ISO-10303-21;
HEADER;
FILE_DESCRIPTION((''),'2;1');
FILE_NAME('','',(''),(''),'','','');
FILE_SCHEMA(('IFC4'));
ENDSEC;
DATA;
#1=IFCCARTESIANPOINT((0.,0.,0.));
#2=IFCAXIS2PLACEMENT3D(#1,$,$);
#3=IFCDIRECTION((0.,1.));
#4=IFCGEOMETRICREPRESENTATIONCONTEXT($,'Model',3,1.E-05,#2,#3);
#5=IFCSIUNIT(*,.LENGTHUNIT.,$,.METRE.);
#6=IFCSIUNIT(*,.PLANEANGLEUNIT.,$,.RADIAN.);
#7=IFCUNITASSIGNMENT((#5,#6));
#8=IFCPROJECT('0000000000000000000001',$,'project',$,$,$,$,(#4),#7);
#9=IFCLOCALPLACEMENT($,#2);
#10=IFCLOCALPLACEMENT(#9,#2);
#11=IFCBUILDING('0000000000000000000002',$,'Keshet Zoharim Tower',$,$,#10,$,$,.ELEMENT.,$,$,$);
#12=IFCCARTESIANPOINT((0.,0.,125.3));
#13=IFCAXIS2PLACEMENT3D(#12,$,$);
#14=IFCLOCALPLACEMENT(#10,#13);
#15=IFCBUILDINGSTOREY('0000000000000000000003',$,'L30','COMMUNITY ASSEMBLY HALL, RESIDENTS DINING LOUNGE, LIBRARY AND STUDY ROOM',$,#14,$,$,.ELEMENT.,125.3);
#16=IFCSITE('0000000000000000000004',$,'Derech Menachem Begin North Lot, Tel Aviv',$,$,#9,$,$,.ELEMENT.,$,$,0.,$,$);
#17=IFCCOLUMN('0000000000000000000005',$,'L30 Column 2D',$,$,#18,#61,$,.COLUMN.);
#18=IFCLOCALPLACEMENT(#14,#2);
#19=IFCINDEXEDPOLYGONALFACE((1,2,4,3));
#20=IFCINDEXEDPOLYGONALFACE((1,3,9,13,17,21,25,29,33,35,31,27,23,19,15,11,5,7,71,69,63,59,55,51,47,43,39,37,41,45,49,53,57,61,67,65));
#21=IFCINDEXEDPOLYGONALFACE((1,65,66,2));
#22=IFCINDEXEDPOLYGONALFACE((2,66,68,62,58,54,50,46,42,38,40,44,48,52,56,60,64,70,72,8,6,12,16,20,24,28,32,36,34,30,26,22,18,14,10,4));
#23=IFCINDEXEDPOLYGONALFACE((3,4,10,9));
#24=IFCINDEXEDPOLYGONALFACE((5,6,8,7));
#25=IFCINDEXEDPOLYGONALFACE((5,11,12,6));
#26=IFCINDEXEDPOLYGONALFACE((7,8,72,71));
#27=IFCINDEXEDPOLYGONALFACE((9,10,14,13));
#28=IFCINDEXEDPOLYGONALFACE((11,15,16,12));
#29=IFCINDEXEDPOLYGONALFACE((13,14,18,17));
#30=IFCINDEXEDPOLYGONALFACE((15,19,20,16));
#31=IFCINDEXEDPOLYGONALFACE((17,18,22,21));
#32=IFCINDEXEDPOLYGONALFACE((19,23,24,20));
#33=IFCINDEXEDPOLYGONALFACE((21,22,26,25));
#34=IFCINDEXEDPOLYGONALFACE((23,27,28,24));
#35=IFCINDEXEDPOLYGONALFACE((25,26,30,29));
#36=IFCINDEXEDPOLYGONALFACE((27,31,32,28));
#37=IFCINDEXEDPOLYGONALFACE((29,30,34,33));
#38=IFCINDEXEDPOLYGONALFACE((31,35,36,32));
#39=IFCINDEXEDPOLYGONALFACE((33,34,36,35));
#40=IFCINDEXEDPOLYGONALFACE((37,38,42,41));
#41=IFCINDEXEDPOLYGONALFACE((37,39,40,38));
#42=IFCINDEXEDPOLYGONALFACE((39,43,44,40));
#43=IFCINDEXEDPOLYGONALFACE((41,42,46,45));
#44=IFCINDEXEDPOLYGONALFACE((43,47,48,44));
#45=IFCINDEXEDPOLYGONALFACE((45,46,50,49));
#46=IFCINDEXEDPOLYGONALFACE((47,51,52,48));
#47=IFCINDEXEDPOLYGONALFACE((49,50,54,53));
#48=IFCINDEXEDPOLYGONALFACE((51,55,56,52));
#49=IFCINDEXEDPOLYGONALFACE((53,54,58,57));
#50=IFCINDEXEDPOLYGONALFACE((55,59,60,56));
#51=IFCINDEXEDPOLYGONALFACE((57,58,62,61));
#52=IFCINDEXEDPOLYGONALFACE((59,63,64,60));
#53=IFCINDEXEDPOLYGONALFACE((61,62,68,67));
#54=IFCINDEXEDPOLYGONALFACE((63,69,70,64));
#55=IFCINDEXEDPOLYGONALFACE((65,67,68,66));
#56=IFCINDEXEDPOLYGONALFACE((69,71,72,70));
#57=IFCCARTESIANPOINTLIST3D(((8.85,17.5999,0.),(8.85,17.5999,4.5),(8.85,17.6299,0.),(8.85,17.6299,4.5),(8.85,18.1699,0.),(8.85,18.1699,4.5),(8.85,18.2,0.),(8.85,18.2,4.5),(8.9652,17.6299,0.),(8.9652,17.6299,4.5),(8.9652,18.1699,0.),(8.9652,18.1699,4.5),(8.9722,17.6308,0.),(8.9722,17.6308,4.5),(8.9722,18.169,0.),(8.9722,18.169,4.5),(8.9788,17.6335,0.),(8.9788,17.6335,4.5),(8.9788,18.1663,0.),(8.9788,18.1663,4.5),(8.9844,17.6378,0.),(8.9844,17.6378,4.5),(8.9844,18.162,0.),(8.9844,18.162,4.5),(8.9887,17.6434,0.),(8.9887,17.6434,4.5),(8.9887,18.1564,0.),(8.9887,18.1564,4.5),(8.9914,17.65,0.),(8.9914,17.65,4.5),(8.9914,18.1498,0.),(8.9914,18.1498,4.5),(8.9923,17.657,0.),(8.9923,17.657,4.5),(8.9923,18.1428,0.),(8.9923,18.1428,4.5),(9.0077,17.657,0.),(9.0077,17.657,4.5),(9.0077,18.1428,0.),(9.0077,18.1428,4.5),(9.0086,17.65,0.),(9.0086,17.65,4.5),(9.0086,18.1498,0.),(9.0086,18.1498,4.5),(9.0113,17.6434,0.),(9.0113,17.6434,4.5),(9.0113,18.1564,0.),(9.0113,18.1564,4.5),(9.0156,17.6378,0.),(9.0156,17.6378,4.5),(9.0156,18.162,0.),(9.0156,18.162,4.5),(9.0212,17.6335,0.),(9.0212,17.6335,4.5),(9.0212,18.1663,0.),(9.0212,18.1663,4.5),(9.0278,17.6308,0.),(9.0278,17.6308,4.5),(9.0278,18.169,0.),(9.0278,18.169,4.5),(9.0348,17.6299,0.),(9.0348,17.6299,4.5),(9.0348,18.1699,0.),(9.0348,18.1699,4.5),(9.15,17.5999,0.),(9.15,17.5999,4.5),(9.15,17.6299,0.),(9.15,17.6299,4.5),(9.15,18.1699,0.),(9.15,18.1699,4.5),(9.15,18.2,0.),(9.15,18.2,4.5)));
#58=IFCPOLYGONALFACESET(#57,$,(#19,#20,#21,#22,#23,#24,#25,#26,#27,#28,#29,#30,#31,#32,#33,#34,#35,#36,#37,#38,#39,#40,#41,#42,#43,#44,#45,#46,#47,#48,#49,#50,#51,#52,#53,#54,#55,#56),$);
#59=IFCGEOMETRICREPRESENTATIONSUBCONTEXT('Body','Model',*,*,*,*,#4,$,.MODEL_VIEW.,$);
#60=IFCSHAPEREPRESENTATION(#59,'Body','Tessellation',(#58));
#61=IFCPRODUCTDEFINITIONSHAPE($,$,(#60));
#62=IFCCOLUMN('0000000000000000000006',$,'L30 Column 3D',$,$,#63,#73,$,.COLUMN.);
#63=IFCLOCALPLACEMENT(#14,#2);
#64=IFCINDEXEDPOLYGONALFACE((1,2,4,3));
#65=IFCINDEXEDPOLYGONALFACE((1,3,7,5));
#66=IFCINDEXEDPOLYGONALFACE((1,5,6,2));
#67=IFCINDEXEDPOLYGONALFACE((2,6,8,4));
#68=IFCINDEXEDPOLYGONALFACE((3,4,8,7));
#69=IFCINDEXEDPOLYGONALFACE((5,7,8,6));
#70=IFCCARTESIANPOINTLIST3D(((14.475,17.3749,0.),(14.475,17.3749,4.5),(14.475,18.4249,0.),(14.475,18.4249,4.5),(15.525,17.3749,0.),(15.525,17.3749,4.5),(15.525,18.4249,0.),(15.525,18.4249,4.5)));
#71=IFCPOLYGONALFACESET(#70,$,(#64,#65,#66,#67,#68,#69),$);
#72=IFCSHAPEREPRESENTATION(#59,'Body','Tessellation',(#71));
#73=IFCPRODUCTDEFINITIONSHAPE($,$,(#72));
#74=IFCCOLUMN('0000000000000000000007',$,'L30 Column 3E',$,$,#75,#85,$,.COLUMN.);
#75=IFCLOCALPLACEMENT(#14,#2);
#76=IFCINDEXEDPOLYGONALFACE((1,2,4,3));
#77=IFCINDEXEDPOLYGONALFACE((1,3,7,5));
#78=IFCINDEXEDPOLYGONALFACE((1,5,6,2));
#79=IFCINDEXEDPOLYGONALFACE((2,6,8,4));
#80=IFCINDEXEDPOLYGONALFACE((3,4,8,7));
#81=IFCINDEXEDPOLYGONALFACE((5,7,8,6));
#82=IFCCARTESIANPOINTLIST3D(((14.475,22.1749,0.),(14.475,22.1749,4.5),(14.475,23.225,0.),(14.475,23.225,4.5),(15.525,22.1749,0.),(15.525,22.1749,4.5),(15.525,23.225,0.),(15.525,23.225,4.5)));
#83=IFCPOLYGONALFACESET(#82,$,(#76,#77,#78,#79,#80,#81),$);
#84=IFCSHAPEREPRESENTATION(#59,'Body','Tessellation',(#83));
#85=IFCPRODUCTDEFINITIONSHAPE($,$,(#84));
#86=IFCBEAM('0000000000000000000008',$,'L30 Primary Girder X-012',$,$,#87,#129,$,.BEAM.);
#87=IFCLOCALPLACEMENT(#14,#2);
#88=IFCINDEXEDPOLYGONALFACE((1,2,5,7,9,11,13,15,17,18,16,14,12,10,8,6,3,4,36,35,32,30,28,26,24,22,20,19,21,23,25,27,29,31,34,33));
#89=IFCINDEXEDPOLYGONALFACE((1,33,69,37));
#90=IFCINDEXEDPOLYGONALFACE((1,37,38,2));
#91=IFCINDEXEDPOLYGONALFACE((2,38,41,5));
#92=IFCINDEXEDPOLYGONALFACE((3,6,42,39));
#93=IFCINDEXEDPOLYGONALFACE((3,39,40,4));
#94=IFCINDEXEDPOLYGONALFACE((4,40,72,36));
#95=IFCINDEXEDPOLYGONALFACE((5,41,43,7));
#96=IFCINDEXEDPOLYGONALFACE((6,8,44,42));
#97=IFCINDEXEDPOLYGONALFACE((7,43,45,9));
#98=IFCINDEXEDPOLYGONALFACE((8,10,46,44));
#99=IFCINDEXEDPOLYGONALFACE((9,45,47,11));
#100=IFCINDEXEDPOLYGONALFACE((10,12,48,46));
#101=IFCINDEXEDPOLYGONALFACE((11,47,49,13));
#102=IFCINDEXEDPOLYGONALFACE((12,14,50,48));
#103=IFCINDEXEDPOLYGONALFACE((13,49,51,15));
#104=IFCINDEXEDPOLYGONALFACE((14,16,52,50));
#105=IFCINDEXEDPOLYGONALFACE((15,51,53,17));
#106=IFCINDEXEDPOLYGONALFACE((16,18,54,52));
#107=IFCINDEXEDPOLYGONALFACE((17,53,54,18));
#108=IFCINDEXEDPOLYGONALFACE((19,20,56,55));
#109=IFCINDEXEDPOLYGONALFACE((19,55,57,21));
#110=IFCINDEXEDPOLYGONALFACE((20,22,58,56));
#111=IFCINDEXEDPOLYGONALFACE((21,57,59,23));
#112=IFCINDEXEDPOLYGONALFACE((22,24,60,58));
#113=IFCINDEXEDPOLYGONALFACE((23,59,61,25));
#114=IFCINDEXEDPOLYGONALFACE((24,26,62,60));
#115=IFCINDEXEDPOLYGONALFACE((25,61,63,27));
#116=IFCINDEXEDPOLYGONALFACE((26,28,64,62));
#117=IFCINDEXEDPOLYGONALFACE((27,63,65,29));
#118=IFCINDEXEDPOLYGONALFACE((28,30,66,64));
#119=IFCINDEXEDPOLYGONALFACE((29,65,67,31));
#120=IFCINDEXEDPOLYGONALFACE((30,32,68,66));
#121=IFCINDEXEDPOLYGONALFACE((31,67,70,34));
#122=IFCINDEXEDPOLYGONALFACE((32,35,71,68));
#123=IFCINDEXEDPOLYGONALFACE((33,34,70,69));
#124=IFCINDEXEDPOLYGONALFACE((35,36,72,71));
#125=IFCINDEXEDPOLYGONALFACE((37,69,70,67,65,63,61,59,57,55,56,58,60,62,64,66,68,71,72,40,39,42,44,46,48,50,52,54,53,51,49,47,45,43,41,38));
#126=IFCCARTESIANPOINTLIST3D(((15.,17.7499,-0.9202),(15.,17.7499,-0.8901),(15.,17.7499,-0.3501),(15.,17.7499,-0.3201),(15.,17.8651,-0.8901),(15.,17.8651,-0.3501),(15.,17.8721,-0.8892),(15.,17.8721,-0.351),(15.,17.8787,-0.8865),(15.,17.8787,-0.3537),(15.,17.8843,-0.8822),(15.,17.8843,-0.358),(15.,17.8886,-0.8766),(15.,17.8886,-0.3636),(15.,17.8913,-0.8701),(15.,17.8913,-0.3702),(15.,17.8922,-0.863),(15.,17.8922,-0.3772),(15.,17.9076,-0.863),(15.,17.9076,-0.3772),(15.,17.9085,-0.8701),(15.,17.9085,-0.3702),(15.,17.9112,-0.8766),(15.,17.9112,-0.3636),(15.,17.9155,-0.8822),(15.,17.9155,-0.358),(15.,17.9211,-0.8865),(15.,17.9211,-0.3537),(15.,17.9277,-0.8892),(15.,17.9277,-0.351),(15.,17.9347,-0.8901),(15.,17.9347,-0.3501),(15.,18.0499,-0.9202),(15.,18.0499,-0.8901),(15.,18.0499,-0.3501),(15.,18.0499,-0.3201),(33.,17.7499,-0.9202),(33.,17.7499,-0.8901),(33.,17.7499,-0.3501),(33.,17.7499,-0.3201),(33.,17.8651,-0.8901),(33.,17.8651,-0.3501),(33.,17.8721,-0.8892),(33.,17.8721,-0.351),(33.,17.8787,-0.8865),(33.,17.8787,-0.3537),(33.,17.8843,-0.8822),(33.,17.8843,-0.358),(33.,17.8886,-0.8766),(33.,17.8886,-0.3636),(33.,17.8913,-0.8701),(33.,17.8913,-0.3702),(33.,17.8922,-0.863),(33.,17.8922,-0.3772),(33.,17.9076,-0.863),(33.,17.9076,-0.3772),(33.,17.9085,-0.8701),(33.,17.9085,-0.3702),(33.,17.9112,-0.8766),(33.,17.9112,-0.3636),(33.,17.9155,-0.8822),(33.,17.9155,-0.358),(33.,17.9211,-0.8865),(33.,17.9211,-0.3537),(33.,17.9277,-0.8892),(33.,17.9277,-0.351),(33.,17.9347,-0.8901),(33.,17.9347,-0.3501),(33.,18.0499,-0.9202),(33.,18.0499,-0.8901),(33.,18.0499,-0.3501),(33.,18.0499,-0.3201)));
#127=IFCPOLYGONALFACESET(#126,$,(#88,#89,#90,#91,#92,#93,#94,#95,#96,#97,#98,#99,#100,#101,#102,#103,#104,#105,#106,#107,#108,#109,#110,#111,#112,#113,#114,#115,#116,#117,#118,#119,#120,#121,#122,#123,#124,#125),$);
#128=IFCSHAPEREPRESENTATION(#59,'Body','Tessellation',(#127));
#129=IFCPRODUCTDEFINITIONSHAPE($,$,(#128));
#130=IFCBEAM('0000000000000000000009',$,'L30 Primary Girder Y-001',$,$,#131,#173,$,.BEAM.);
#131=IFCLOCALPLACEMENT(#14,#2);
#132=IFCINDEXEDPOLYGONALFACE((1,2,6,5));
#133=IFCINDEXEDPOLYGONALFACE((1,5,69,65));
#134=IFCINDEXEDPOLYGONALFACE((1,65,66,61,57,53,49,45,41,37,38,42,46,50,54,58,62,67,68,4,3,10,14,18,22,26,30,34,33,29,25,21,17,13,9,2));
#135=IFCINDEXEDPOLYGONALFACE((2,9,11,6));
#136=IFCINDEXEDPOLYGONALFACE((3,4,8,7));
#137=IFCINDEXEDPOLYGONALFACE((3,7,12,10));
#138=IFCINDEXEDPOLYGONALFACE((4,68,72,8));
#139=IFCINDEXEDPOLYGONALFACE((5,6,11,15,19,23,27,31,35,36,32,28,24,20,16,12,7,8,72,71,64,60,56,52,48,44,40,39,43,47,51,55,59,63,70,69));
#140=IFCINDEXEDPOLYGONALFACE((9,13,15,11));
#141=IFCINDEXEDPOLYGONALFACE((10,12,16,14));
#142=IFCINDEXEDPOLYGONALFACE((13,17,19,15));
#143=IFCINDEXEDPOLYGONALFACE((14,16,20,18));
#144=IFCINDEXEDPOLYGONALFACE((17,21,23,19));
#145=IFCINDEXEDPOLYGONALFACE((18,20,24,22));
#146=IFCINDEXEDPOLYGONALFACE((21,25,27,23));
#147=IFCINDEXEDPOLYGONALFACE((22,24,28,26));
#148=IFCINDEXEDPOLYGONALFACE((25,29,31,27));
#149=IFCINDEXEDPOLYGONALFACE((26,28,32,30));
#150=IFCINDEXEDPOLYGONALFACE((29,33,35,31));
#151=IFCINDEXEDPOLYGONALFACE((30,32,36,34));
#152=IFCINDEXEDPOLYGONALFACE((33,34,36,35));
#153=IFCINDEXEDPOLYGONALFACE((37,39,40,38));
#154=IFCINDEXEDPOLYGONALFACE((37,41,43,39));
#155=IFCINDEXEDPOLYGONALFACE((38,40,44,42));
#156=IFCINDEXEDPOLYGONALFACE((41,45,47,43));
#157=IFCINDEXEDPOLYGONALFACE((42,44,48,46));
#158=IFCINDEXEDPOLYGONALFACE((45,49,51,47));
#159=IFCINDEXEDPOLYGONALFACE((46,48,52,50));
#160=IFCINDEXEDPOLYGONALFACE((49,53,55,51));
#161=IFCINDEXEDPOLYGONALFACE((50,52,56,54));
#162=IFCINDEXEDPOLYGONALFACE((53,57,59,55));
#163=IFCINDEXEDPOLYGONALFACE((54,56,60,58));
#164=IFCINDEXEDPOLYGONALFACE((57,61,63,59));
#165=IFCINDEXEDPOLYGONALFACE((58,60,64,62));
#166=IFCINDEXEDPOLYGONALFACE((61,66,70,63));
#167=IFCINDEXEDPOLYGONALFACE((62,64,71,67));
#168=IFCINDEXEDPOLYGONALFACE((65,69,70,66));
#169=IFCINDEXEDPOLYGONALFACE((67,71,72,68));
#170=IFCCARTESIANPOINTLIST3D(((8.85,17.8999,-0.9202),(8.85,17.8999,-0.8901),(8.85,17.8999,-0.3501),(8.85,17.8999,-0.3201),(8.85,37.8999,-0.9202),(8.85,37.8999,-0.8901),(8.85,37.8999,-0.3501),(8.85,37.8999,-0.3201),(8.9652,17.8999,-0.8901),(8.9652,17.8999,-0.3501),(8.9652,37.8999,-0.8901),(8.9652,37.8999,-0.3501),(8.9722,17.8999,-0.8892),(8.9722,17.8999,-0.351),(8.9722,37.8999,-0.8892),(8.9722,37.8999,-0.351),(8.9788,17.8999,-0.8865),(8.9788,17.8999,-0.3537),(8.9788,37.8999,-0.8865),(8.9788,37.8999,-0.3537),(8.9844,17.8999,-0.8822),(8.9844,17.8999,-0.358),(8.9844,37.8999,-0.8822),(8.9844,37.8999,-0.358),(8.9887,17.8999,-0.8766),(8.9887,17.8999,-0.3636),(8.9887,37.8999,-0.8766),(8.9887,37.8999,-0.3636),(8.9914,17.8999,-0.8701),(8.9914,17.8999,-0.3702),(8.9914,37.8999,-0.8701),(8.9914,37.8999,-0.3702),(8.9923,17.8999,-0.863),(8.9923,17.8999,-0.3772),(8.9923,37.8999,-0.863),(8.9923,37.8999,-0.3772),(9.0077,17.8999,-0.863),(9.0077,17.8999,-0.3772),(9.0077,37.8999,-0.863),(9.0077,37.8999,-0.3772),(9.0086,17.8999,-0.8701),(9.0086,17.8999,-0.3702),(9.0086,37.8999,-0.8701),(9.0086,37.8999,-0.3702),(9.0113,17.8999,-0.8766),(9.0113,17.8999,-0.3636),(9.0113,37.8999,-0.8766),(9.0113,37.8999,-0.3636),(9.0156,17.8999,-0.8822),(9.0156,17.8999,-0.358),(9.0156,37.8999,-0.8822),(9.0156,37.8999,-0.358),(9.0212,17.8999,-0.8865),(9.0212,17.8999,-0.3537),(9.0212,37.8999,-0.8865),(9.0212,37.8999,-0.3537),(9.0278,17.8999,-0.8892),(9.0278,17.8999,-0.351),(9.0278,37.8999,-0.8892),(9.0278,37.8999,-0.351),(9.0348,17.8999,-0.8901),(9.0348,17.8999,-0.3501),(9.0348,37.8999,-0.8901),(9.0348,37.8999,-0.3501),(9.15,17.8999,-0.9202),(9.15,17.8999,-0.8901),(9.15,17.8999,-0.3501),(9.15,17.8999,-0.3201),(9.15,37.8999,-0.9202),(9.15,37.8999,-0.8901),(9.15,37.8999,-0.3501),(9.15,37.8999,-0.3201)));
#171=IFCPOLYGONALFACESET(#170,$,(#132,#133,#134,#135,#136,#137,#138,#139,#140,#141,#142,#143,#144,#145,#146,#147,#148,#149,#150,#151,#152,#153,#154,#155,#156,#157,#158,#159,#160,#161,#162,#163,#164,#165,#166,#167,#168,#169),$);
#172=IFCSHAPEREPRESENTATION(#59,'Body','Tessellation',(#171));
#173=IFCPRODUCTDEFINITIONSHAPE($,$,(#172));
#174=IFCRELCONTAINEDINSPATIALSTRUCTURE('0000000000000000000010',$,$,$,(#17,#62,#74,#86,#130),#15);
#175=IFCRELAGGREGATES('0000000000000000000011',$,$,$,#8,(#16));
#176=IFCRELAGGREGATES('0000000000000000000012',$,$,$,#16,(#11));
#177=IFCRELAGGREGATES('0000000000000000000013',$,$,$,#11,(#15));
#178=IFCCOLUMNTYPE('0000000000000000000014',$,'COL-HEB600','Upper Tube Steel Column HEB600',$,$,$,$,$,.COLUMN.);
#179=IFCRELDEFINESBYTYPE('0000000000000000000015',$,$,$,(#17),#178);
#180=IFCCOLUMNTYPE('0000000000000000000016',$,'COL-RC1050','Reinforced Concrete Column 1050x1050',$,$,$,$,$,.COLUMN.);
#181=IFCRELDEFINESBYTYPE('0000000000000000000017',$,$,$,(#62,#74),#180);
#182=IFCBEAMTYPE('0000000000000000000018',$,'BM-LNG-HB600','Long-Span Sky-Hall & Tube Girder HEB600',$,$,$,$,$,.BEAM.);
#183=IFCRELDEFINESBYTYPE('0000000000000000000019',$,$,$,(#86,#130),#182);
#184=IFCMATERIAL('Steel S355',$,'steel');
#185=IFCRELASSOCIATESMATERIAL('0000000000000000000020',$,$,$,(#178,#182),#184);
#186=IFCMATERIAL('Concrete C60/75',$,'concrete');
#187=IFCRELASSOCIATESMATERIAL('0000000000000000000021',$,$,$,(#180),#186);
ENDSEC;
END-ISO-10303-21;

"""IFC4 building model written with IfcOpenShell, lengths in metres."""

from ifc_helpers import new_model, si_unit, direction, frame, origin, origin_2d, place, context, subcontext, project, spatial, rectangle, i_section, extrude, material, material_profile, profile_set, type_object, element, save


model = new_model("IFC4")

# Units and contexts
model_context = context("Model", 3, precision=1e-05, world=origin(), true_north=direction((0.0, 1.0)))
body_context = subcontext(model_context, "Body", "Model", "MODEL_VIEW")
ifc_project = project(units=[si_unit("LENGTHUNIT", "METRE"), si_unit("PLANEANGLEUNIT", "RADIAN")], contexts=[model_context])

# Site, building, storey
site_placement = place(None, origin())
site = spatial("IfcSite", under=ifc_project, at=site_placement, Name="Derech Menachem Begin North Lot, Tel Aviv", CompositionType="ELEMENT", RefElevation=0.0)
building_placement = place(site_placement, origin())
building = spatial("IfcBuilding", under=site, at=building_placement, Name="Keshet Zoharim Tower", CompositionType="ELEMENT")
storey_placement = place(building_placement, frame((0.0, 0.0, 125.3)))
storey = spatial("IfcBuildingStorey", under=building, at=storey_placement, Name="L30", Description="COMMUNITY ASSEMBLY HALL, RESIDENTS DINING LOUNGE, LIBRARY AND STUDY ROOM", CompositionType="ELEMENT", Elevation=125.3)

# Columns
ifc_material_1 = material(Name="Steel S355", Category="steel")
ifc_material_profile_1 = material_profile(ifc_material_1, i_section(OverallWidth=0.3, OverallDepth=0.6001, WebThickness=0.0154, FlangeThickness=0.03, FilletRadius=0.0271, at=origin_2d()), Name="HEB600")
ifc_profile_set_1 = profile_set([ifc_material_profile_1], Name="Steel S355")
column_type_1 = type_object("IfcColumnType", Name="COL-HEB600", Description="Upper Tube Steel Column HEB600", PredefinedType="COLUMN", material=ifc_profile_set_1)
column_placement = place(storey_placement, frame((9.0, 17.8999, 0.0), z_axis=(0.0, 0.0, 1.0), x_axis=(1.0, 0.0, 0.0)))
element("IfcColumn", 1, at=column_placement, inside=storey, type_object=column_type_1, Name="L30 Column 2D", PredefinedType="COLUMN", context=body_context, shape_type="SweptSolid", body=[
    extrude(i_section(OverallWidth=0.3, OverallDepth=0.6001, WebThickness=0.0154, FlangeThickness=0.03, FilletRadius=0.0271, at=origin_2d()), origin(), (0.0, 0.0, 1.0), 4.5),
])
ifc_material_2 = material(Name="Concrete C60/75", Category="concrete")
ifc_material_profile_2 = material_profile(ifc_material_2, rectangle(XDim=1.05, YDim=1.05, at=origin_2d()), Name="RC1050x1050")
ifc_profile_set_2 = profile_set([ifc_material_profile_2], Name="Concrete C60/75")
column_type_2 = type_object("IfcColumnType", Name="COL-RC1050", Description="Reinforced Concrete Column 1050x1050", PredefinedType="COLUMN", material=ifc_profile_set_2)
for number, where, z_axis, x_axis, name in (
    (2, (15.0, 17.8999, 0.0), (0.0, 0.0, 1.0), (1.0, 0.0, 0.0), "L30 Column 3D"),
    (3, (15.0, 22.7, 0.0), (0.0, 0.0, 1.0), (1.0, 0.0, 0.0), "L30 Column 3E"),
):
    element("IfcColumn", number, at=place(storey_placement, frame(where, z_axis=z_axis, x_axis=x_axis)), inside=storey, type_object=column_type_2, Name=name, PredefinedType="COLUMN", context=body_context, shape_type="SweptSolid", body=[
        extrude(rectangle(XDim=1.05, YDim=1.05, at=origin_2d()), origin(), (0.0, 0.0, 1.0), 4.5),
    ])

# Beams
ifc_material_profile_3 = material_profile(ifc_material_1, i_section(OverallWidth=0.3, OverallDepth=0.6001, WebThickness=0.0154, FlangeThickness=0.03, FilletRadius=0.0271, at=origin_2d()), Name="HEB600")
ifc_profile_set_3 = profile_set([ifc_material_profile_3], Name="Steel S355")
beam_type_1 = type_object("IfcBeamType", Name="BM-LNG-HB600", Description="Long-Span Sky-Hall & Tube Girder HEB600", PredefinedType="BEAM", material=ifc_profile_set_3)
beam_1_placement = place(storey_placement, frame((15.0, 17.8999, -0.6201), z_axis=(1.0, 0.0, 0.0), x_axis=(0.0, 1.0, 0.0)))
element("IfcBeam", 4, at=beam_1_placement, inside=storey, type_object=beam_type_1, Name="L30 Primary Girder X-012", PredefinedType="BEAM", context=body_context, shape_type="SweptSolid", body=[
    extrude(i_section(OverallWidth=0.3, OverallDepth=0.6001, WebThickness=0.0154, FlangeThickness=0.03, FilletRadius=0.0271, at=origin_2d()), origin(), (0.0, 0.0, 1.0), 18.0),
])
beam_2_placement = place(storey_placement, frame((9.0, 17.8999, -0.6201), z_axis=(0.0, 1.0, 0.0), x_axis=(-1.0, 0.0, 0.0)))
element("IfcBeam", 5, at=beam_2_placement, inside=storey, type_object=beam_type_1, Name="L30 Primary Girder Y-001", PredefinedType="BEAM", context=body_context, shape_type="SweptSolid", body=[
    extrude(i_section(OverallWidth=0.3, OverallDepth=0.6001, WebThickness=0.0154, FlangeThickness=0.03, FilletRadius=0.0271, at=origin_2d()), origin(), (0.0, 0.0, 1.0), 20.0),
])

save(model, "model.ifc")
